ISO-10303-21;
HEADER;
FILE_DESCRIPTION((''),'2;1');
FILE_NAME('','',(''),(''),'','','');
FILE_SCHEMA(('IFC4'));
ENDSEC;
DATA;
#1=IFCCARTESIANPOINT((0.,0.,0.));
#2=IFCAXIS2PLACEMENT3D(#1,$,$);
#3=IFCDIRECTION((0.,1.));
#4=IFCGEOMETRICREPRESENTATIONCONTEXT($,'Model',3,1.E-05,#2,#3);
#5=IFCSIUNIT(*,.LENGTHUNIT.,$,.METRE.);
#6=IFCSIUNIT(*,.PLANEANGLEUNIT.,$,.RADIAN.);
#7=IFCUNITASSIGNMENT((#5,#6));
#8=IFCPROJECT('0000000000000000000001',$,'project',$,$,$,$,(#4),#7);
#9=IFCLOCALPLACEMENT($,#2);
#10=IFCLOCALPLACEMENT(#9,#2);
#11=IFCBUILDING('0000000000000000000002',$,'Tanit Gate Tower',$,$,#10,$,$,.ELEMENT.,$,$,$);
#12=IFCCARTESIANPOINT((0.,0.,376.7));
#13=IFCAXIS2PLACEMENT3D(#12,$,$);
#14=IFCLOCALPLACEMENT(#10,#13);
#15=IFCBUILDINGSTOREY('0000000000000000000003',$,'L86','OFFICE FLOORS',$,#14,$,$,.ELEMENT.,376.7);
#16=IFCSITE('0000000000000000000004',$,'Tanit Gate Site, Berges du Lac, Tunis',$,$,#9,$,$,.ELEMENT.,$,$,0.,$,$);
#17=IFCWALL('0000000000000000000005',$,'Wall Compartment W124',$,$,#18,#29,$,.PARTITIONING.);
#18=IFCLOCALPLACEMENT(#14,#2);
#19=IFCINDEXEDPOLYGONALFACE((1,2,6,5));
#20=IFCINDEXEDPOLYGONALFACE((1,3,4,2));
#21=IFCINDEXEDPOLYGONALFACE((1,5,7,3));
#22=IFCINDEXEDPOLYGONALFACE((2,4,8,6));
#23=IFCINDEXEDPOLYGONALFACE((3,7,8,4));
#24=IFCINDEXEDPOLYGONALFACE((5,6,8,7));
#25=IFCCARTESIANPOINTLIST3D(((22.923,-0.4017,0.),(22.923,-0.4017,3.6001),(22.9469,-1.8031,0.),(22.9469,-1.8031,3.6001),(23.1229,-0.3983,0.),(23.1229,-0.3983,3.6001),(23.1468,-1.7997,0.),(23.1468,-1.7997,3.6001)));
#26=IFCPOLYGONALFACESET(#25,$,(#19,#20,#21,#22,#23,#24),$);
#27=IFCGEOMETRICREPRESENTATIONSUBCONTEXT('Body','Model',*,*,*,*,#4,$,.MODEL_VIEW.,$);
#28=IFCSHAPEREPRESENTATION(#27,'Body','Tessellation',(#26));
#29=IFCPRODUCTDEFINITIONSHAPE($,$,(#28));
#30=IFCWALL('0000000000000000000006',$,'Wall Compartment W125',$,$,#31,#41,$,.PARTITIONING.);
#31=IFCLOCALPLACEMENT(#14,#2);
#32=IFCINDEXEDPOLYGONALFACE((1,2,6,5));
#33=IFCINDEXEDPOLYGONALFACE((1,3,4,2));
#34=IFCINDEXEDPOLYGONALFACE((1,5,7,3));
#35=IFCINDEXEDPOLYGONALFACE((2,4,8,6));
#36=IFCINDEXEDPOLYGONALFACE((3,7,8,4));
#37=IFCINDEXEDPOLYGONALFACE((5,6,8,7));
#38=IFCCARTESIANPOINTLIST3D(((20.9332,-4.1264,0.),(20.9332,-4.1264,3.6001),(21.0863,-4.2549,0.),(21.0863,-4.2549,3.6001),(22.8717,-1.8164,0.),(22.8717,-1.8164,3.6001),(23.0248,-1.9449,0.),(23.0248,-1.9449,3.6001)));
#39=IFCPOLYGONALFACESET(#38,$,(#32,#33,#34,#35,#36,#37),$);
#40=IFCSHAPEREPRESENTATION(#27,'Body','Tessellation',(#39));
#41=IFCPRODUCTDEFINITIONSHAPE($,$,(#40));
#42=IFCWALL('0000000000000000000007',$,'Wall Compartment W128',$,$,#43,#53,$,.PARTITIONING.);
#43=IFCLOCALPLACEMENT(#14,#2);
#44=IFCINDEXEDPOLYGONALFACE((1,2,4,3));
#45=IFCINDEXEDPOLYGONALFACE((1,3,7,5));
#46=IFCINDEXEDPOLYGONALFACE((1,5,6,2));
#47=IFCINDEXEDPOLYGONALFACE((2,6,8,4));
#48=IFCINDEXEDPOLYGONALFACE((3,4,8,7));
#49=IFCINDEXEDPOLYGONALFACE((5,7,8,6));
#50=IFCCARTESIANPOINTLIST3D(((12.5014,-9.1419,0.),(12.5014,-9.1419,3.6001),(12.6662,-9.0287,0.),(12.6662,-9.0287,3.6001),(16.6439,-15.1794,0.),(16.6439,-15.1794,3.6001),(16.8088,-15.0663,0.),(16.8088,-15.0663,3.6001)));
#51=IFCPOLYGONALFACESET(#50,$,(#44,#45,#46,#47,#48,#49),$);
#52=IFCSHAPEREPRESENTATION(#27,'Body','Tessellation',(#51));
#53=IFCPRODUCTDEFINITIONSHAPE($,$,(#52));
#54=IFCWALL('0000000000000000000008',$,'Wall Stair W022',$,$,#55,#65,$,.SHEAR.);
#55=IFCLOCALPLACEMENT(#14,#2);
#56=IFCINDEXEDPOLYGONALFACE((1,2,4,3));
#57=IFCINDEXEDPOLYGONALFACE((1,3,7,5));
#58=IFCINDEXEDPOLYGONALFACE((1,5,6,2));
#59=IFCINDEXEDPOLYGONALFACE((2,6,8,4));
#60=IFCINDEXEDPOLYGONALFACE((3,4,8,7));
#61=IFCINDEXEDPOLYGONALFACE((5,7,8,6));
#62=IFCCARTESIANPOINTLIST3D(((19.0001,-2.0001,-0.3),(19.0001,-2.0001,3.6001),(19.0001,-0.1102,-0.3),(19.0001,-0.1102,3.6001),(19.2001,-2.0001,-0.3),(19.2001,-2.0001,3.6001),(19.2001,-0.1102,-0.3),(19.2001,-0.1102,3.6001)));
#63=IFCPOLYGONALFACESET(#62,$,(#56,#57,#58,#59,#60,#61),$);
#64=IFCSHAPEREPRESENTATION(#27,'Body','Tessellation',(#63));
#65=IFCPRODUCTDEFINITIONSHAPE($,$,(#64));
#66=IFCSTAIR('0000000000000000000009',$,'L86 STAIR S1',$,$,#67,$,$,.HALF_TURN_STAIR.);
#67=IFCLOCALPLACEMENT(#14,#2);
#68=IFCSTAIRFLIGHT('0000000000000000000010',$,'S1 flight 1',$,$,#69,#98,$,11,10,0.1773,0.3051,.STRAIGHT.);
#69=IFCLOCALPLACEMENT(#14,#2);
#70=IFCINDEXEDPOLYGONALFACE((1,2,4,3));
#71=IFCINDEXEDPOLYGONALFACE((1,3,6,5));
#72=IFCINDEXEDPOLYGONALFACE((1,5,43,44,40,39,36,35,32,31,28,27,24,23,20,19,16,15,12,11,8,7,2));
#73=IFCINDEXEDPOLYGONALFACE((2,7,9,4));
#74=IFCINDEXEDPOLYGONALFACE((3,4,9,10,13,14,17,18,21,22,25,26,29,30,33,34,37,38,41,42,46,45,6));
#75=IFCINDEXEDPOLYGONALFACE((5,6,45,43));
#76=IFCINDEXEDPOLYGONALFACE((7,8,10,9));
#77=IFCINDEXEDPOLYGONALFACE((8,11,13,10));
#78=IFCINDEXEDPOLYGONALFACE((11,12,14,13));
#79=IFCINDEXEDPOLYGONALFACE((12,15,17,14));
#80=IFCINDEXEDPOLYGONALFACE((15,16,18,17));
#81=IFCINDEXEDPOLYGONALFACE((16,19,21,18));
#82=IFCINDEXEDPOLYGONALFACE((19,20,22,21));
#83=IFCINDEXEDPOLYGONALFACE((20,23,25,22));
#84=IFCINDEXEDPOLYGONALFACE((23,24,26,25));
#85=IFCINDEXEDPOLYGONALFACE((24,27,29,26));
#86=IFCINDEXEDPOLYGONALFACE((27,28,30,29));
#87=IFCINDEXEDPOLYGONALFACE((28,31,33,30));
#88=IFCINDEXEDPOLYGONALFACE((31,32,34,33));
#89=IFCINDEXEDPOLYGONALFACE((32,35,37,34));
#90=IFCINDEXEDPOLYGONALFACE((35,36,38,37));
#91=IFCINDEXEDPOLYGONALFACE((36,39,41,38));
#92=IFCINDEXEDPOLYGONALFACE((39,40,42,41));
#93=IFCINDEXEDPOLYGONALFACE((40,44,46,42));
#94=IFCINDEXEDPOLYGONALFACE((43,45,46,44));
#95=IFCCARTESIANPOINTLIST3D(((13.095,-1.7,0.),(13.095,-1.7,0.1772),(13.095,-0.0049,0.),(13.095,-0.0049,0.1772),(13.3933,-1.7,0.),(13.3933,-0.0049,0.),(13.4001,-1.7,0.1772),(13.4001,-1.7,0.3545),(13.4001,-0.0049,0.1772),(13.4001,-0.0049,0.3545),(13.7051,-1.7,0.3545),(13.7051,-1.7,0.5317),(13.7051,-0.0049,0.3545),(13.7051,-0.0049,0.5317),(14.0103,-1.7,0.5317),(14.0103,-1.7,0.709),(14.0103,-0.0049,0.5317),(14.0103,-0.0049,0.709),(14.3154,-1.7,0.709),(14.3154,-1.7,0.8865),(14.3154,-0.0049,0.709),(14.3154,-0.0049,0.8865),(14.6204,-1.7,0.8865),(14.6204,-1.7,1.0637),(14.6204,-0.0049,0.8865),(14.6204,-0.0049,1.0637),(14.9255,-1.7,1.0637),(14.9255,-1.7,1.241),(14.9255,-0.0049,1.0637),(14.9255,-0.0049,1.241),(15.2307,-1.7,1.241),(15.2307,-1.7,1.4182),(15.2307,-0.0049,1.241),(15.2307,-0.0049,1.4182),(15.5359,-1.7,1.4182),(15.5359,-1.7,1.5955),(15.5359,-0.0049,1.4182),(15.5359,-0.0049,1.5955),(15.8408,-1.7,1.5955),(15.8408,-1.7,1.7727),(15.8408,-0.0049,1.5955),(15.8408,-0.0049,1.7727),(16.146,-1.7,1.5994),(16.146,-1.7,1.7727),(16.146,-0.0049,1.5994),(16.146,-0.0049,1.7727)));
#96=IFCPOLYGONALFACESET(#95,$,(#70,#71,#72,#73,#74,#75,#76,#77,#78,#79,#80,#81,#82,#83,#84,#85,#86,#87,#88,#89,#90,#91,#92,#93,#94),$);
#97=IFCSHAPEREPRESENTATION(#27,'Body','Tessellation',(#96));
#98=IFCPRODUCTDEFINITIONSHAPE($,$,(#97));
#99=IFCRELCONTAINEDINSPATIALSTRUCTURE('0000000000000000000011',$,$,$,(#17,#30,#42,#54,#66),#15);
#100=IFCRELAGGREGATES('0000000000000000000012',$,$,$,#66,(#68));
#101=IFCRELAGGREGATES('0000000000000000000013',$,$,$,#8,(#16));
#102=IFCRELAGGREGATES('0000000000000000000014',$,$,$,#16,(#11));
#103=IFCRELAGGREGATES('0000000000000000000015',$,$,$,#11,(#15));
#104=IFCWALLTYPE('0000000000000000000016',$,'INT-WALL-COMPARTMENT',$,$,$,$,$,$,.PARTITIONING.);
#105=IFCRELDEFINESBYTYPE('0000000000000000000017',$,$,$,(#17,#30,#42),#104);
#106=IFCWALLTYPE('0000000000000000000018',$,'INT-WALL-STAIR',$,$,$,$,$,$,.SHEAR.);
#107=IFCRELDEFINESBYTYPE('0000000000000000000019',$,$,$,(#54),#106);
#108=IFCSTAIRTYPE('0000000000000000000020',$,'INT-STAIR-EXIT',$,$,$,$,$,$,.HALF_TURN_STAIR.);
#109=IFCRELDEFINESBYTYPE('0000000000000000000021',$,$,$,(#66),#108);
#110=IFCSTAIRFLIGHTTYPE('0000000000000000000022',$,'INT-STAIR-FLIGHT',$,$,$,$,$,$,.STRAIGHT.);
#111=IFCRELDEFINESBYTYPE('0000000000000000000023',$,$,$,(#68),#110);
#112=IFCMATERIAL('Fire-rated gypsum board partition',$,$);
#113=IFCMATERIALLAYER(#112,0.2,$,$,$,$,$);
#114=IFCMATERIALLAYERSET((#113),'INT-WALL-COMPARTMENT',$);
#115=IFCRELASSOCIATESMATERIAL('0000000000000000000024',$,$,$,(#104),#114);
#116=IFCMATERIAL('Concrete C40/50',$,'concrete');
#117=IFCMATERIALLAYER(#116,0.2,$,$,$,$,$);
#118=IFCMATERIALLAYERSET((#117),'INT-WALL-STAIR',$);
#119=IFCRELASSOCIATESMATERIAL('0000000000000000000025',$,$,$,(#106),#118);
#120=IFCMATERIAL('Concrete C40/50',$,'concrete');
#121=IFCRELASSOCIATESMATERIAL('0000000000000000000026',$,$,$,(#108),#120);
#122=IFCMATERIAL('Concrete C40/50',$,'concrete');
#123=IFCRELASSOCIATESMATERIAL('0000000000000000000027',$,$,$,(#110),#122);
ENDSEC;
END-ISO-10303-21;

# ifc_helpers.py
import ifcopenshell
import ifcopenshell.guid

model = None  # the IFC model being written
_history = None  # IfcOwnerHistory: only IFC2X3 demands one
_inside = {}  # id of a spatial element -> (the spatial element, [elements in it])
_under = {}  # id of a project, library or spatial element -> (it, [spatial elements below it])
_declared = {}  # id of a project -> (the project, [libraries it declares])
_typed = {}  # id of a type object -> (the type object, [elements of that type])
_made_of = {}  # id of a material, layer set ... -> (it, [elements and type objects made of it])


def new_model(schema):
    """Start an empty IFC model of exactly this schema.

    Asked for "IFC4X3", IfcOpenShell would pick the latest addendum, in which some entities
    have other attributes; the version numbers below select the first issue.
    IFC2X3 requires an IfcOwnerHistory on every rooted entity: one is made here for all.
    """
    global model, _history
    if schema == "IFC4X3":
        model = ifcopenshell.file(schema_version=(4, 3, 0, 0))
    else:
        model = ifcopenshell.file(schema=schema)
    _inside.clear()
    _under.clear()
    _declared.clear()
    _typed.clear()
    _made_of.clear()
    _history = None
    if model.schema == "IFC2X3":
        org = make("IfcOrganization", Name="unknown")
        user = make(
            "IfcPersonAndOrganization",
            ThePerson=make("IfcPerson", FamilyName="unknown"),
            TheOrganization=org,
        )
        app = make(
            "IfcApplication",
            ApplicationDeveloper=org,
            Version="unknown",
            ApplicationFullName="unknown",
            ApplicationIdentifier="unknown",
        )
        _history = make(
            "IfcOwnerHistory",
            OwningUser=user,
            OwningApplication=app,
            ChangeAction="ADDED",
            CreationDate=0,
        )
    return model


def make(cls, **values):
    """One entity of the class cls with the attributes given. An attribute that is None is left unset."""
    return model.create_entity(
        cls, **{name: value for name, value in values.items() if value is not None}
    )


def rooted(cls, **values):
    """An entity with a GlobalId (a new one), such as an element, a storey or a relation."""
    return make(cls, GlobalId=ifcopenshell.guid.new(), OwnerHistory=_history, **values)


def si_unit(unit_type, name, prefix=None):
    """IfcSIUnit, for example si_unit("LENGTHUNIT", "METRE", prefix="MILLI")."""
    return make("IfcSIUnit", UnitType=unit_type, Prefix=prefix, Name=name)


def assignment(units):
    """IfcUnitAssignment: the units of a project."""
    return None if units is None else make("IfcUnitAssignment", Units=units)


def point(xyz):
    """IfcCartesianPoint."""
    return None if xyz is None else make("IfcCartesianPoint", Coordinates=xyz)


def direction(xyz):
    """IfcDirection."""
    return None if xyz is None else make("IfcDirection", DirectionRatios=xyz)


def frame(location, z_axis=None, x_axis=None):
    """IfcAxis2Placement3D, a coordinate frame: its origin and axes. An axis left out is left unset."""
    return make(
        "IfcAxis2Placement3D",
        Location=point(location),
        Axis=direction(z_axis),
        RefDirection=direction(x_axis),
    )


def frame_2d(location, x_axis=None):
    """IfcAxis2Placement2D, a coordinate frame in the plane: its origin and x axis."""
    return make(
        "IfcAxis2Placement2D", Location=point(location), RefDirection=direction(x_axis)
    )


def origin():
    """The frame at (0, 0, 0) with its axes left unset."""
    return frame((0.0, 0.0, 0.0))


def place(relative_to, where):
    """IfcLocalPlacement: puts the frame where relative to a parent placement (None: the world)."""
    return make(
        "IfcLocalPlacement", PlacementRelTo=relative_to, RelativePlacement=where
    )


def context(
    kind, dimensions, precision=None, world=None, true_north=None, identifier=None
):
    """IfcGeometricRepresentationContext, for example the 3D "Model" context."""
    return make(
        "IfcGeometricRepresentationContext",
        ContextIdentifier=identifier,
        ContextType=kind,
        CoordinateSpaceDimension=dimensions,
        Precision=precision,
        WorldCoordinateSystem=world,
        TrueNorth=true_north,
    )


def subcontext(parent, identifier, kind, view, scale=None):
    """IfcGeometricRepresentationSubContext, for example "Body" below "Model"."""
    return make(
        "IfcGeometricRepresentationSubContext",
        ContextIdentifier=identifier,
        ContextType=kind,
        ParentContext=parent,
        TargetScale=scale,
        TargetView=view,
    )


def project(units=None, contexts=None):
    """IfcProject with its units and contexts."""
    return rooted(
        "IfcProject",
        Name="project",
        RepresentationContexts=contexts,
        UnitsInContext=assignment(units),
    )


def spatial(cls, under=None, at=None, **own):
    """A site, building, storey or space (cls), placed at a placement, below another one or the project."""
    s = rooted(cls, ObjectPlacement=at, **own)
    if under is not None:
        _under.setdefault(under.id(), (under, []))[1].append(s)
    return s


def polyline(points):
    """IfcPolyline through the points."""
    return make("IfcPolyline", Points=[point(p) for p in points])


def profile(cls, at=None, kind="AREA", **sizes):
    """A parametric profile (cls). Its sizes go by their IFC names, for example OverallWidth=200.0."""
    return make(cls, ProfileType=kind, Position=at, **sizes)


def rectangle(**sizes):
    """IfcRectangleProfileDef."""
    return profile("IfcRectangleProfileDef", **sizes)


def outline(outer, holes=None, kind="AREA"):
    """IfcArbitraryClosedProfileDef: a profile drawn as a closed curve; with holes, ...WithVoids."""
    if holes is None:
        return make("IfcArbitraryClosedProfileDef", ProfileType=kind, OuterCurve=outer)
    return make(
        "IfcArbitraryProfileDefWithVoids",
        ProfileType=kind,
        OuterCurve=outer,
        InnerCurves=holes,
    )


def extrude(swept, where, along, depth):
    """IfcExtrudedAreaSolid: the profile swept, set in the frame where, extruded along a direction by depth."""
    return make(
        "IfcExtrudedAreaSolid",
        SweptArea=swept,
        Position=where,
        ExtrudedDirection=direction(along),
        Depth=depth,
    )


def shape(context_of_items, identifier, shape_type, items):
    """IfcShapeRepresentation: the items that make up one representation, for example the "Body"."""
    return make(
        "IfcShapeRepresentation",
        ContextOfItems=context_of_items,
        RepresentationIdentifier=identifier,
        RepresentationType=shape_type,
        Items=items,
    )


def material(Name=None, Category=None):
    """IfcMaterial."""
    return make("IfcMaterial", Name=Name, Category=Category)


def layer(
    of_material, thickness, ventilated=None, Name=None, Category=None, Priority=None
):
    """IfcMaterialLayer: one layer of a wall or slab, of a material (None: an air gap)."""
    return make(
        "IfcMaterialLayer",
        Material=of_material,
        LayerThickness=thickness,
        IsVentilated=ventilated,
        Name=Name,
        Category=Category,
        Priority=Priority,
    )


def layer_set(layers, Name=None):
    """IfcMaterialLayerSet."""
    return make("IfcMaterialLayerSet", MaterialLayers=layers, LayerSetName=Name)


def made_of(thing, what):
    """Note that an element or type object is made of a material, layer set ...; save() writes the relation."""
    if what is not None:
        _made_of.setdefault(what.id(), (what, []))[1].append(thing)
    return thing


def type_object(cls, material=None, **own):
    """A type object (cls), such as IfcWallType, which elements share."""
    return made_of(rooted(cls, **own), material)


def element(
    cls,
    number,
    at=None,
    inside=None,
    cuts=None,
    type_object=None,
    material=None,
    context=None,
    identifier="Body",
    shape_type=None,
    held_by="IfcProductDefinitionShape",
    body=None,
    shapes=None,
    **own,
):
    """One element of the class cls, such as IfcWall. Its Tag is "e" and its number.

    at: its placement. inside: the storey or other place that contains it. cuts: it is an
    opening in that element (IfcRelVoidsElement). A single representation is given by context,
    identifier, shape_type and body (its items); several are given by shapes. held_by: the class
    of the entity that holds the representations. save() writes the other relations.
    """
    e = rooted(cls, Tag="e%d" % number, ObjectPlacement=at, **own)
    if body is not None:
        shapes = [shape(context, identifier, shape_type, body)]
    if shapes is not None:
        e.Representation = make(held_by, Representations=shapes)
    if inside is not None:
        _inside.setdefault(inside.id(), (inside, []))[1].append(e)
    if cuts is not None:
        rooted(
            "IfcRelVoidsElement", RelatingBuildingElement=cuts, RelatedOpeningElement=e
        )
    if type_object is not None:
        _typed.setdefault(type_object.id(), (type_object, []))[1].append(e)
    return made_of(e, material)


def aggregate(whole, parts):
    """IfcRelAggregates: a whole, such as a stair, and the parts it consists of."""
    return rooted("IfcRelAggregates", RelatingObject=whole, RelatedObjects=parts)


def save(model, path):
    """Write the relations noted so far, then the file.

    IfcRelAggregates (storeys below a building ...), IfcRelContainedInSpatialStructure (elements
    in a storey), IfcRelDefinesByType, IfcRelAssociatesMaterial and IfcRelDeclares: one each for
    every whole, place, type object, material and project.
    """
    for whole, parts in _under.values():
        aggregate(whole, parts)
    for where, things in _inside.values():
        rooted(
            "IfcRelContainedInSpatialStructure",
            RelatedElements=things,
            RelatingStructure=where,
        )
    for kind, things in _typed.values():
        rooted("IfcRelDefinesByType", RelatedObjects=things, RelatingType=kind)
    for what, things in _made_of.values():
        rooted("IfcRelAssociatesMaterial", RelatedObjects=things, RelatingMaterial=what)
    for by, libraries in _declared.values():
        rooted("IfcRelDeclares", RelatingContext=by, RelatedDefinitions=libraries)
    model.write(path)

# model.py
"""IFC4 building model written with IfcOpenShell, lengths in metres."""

from ifc_helpers import new_model, si_unit, direction, frame, frame_2d, origin, place, context, subcontext, project, spatial, polyline, rectangle, outline, extrude, material, layer, layer_set, type_object, element, aggregate, save


model = new_model("IFC4")

# Units and contexts
model_context = context("Model", 3, precision=1e-05, world=origin(), true_north=direction((0.0, 1.0)))
body_context = subcontext(model_context, "Body", "Model", "MODEL_VIEW")
ifc_project = project(units=[si_unit("LENGTHUNIT", "METRE"), si_unit("PLANEANGLEUNIT", "RADIAN")], contexts=[model_context])

# Site, building, storey
site_placement = place(None, origin())
site = spatial("IfcSite", under=ifc_project, at=site_placement, Name="Tanit Gate Site, Berges du Lac, Tunis", CompositionType="ELEMENT", RefElevation=0.0)
building_placement = place(site_placement, origin())
building = spatial("IfcBuilding", under=site, at=building_placement, Name="Tanit Gate Tower", CompositionType="ELEMENT")
storey_placement = place(building_placement, frame((0.0, 0.0, 376.7)))
storey = spatial("IfcBuildingStorey", under=building, at=storey_placement, Name="L86", Description="OFFICE FLOORS", CompositionType="ELEMENT", Elevation=376.7)

# Shared definitions
ifc_material_1 = material(Name="Fire-rated gypsum board partition")
ifc_layer_1 = layer(ifc_material_1, 0.2)
ifc_layer_set_1 = layer_set([ifc_layer_1], Name="INT-WALL-COMPARTMENT")
wall_type_1 = type_object("IfcWallType", Name="INT-WALL-COMPARTMENT", PredefinedType="PARTITIONING", material=ifc_layer_set_1)

# Walls
wall_1_placement = place(storey_placement, frame((23.0469, -1.8013, 0.0), z_axis=(0.0, 0.0, 1.0), x_axis=(-0.017071, 0.999854, 0.0)))
element("IfcWall", 1, at=wall_1_placement, inside=storey, type_object=wall_type_1, Name="Wall Compartment W124", PredefinedType="PARTITIONING", context=body_context, shape_type="SweptSolid", body=[
    extrude(rectangle(XDim=1.4016, YDim=0.2, at=frame_2d((0.7007, 0.0))), origin(), (0.0, 0.0, 1.0), 3.6001),
])
wall_2_placement = place(storey_placement, frame((21.0098, -4.1907, 0.0), z_axis=(0.0, 0.0, 1.0), x_axis=(0.642808, 0.766027, 0.0)))
element("IfcWall", 2, at=wall_2_placement, inside=storey, type_object=wall_type_1, Name="Wall Compartment W125", PredefinedType="PARTITIONING", context=body_context, shape_type="SweptSolid", body=[
    extrude(rectangle(XDim=3.0156, YDim=0.2, at=frame_2d((1.5078, 0.0))), origin(), (0.0, 0.0, 1.0), 3.6001),
])
wall_3_placement = place(storey_placement, frame((12.5837, -9.0852, 0.0), z_axis=(0.0, 0.0, 1.0), x_axis=(0.565762, -0.824569, 0.0)))
element("IfcWall", 3, at=wall_3_placement, inside=storey, type_object=wall_type_1, Name="Wall Compartment W128", PredefinedType="PARTITIONING", context=body_context, shape_type="SweptSolid", body=[
    extrude(rectangle(XDim=7.322, YDim=0.2, at=frame_2d((3.6611, 0.0))), origin(), (0.0, 0.0, 1.0), 3.6001),
])
ifc_material_2 = material(Name="Concrete C40/50", Category="concrete")
ifc_layer_2 = layer(ifc_material_2, 0.2)
ifc_layer_set_2 = layer_set([ifc_layer_2], Name="INT-WALL-STAIR")
wall_type_2 = type_object("IfcWallType", Name="INT-WALL-STAIR", PredefinedType="SHEAR", material=ifc_layer_set_2)
wall_4_placement = place(storey_placement, frame((19.1001, -2.0, -0.3), z_axis=(0.0, 0.0, 1.0), x_axis=(0.0, 1.0, 0.0)))
element("IfcWall", 4, at=wall_4_placement, inside=storey, type_object=wall_type_2, Name="Wall Stair W022", PredefinedType="SHEAR", context=body_context, shape_type="SweptSolid", body=[
    extrude(rectangle(XDim=1.8899, YDim=0.2, at=frame_2d((0.9448, 0.0))), origin(), (0.0, 0.0, 1.0), 3.9001),
])

# Stair, stair flight
ifc_material_3 = material(Name="Concrete C40/50", Category="concrete")
stair_type = type_object("IfcStairType", Name="INT-STAIR-EXIT", PredefinedType="HALF_TURN_STAIR", material=ifc_material_3)
stair_placement = place(storey_placement, origin())
stair = element("IfcStair", 5, at=stair_placement, inside=storey, type_object=stair_type, Name="L86 STAIR S1", PredefinedType="HALF_TURN_STAIR")
ifc_material_4 = material(Name="Concrete C40/50", Category="concrete")
stair_flight_type = type_object("IfcStairFlightType", Name="INT-STAIR-FLIGHT", PredefinedType="STRAIGHT", material=ifc_material_4)
stair_flight_placement = place(storey_placement, frame((13.095, -0.8525, 0.0), z_axis=(0.0, 0.0, 1.0), x_axis=(1.0, 0.0, 0.0)))
stair_flight = element("IfcStairFlight", 6, at=stair_flight_placement, type_object=stair_flight_type, Name="S1 flight 1", NumberOfRisers=11, NumberOfTreads=10, PredefinedType="STRAIGHT", RiserHeight=0.1773, TreadLength=0.3051, context=body_context, shape_type="SweptSolid", body=[
    extrude(outline(polyline([(0.0, 0.0), (0.0, 0.1772), (0.3052, 0.1772), (0.3052, 0.3545), (0.6101, 0.3545), (0.6101, 0.5317), (0.9153, 0.5317), (0.9153, 0.709), (1.2205, 0.709), (1.2205, 0.8865), (1.5254, 0.8865), (1.5254, 1.0637), (1.8306, 1.0637), (1.8306, 1.241), (2.1357, 1.241), (2.1357, 1.4182), (2.4409, 1.4182), (2.4409, 1.5955), (2.7458, 1.5955), (2.7458, 1.7727), (3.051, 1.7727), (3.051, 1.95), (3.051, 1.5994), (0.2983, 0.0), (0.0, 0.0)])), frame((0.0, 0.8477, 0.0), z_axis=(0.0, -1.0, 0.0), x_axis=(1.0, 0.0, 0.0)), (0.0, 0.0, 1.0), 1.6951),
])
aggregate(stair, [stair_flight])

save(model, "model.ifc")
